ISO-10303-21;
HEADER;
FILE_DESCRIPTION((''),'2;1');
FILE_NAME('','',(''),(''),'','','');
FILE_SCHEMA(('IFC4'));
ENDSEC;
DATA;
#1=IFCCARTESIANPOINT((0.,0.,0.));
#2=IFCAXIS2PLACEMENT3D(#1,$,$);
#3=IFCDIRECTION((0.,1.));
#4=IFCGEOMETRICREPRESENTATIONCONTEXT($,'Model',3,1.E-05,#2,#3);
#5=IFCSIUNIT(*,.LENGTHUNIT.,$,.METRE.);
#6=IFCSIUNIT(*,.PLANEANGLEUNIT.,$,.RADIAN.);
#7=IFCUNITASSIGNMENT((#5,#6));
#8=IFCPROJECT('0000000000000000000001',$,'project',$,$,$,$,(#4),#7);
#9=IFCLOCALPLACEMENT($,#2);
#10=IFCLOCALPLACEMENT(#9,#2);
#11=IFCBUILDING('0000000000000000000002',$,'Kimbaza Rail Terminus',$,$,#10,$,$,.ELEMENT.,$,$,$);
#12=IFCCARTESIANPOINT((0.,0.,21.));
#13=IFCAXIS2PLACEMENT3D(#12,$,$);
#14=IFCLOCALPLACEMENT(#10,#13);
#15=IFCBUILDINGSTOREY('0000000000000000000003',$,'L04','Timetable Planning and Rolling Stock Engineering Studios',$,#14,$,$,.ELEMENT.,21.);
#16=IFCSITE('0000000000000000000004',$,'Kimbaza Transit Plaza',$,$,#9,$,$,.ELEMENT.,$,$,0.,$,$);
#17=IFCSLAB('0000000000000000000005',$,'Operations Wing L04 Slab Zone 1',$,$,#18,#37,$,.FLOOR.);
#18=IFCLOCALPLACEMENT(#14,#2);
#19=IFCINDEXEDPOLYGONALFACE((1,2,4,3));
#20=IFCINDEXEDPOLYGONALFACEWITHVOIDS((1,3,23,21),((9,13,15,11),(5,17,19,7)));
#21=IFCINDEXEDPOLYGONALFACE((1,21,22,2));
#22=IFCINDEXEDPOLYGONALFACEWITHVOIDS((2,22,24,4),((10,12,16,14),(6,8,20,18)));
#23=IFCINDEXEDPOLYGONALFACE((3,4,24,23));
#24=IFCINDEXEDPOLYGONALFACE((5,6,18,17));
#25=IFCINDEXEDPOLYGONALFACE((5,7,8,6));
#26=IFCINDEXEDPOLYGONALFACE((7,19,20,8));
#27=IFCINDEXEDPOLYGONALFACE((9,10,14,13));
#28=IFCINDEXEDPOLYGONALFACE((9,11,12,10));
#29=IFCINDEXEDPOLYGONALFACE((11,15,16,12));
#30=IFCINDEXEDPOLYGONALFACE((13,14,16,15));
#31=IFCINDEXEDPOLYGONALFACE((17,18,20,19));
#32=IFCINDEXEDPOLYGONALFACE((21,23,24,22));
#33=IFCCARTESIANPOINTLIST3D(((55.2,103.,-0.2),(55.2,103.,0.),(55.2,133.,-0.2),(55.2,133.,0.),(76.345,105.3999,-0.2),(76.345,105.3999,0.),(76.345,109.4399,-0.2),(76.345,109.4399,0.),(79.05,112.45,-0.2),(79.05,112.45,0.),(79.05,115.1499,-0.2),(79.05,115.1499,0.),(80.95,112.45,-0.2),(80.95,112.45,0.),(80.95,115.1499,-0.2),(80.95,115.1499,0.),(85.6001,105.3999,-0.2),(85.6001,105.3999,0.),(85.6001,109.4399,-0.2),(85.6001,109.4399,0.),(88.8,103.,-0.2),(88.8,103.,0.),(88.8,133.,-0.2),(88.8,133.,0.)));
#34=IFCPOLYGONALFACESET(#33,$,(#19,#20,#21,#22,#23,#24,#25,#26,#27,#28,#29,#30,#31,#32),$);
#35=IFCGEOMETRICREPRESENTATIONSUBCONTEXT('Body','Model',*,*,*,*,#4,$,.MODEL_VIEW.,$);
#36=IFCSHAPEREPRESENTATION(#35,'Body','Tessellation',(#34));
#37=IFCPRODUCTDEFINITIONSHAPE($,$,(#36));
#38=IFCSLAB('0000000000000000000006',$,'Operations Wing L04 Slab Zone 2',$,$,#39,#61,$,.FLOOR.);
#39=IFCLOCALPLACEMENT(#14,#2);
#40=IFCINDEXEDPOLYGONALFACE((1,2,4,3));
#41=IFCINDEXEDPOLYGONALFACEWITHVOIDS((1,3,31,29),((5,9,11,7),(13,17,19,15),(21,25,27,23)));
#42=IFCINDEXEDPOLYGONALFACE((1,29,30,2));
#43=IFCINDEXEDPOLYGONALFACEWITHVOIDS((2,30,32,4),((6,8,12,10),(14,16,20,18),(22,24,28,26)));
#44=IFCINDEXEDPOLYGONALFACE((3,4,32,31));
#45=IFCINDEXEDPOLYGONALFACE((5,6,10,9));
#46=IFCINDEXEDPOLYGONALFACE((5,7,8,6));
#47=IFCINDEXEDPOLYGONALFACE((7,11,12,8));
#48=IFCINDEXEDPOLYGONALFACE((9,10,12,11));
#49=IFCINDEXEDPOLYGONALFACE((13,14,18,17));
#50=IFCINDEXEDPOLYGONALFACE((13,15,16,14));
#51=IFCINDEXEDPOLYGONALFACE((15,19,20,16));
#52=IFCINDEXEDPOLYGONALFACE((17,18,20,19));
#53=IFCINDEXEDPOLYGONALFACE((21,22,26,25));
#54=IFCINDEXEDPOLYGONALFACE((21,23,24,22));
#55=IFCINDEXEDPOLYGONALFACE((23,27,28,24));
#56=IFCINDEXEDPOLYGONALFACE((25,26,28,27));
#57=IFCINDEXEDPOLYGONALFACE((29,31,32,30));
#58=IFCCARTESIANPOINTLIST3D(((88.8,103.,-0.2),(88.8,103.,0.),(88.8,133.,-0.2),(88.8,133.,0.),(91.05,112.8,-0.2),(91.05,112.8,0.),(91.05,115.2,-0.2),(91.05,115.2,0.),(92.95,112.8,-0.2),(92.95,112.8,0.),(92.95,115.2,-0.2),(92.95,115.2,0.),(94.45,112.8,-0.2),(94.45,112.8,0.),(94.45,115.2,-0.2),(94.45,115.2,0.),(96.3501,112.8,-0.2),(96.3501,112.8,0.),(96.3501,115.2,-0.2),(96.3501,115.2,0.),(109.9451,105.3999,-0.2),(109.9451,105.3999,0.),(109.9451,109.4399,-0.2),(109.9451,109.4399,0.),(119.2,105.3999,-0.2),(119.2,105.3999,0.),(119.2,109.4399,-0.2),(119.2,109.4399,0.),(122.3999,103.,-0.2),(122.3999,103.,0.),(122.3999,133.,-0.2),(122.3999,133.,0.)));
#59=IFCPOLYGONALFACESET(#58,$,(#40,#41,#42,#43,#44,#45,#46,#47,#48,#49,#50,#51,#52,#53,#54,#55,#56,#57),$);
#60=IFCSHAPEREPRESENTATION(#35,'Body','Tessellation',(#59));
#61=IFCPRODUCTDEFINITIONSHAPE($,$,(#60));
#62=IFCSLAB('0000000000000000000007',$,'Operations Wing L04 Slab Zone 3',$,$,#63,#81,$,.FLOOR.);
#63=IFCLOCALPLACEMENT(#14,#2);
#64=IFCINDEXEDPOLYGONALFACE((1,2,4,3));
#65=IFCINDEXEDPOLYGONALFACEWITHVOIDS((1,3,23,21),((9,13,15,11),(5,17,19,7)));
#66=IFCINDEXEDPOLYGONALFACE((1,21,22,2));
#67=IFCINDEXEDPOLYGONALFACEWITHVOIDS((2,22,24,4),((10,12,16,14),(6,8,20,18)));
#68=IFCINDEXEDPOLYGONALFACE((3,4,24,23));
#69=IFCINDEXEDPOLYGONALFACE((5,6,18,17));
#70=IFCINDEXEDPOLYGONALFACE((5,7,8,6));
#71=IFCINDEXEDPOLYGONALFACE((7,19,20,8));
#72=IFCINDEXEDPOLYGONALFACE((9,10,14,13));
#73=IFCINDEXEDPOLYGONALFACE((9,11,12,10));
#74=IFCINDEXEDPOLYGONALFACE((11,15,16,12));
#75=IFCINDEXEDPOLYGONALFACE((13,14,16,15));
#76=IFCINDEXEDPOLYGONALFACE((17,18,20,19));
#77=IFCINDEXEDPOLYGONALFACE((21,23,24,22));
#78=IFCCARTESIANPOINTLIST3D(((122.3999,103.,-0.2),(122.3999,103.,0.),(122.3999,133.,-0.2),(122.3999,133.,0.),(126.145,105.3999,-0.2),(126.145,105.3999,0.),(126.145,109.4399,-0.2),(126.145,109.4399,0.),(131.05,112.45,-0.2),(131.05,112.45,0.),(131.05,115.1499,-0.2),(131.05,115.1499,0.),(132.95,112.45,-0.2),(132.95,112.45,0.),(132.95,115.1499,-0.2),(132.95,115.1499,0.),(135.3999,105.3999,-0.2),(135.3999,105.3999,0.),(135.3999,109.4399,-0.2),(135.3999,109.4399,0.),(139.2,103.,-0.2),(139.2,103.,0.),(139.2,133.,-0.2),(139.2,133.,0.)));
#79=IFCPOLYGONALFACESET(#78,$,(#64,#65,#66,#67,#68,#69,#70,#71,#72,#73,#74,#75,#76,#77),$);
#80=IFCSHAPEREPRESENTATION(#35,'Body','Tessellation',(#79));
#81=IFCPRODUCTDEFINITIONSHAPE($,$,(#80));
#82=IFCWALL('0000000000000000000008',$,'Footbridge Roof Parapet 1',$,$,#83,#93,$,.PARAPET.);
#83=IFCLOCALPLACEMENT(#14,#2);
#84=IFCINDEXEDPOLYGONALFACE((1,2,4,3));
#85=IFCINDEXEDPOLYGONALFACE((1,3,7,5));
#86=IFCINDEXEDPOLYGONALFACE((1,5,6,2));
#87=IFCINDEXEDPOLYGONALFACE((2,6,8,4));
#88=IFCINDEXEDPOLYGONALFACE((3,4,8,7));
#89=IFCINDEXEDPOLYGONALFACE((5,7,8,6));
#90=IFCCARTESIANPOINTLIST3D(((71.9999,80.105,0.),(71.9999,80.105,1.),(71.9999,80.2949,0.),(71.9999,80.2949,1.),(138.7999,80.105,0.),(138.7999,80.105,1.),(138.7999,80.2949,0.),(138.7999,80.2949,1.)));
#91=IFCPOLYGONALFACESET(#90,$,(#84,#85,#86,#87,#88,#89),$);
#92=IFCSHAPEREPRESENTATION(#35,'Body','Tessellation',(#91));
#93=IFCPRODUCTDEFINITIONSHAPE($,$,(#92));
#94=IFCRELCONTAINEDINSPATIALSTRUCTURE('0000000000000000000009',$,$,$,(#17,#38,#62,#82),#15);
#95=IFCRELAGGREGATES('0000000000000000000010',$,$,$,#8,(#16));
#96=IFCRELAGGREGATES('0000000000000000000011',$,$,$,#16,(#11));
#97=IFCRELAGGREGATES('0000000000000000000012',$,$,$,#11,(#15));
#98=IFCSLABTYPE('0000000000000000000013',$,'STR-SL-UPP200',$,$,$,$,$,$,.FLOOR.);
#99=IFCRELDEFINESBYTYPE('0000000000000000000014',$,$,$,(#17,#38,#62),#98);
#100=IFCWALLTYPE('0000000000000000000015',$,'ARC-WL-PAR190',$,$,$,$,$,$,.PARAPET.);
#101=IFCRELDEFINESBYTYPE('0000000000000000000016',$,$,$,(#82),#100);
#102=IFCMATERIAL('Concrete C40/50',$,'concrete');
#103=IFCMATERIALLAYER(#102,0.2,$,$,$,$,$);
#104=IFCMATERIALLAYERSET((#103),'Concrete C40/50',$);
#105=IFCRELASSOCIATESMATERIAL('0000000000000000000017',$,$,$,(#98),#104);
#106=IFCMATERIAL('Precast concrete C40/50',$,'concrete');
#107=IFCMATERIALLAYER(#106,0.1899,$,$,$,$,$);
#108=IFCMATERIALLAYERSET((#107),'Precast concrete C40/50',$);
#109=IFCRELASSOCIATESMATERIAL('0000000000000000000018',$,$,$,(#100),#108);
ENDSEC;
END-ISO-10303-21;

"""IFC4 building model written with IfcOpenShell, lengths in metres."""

from ifc_helpers import new_model, si_unit, direction, frame, frame_2d, origin, place, context, subcontext, project, spatial, polyline, rectangle, outline, extrude, material, layer, layer_set, type_object, element, save


model = new_model("IFC4")

# Units and contexts
model_context = context("Model", 3, precision=1e-05, world=origin(), true_north=direction((0.0, 1.0)))
body_context = subcontext(model_context, "Body", "Model", "MODEL_VIEW")
ifc_project = project(units=[si_unit("LENGTHUNIT", "METRE"), si_unit("PLANEANGLEUNIT", "RADIAN")], contexts=[model_context])

# Site, building, storey
site_placement = place(None, origin())
site = spatial("IfcSite", under=ifc_project, at=site_placement, Name="Kimbaza Transit Plaza", CompositionType="ELEMENT", RefElevation=0.0)
building_placement = place(site_placement, origin())
building = spatial("IfcBuilding", under=site, at=building_placement, Name="Kimbaza Rail Terminus", CompositionType="ELEMENT")
storey_placement = place(building_placement, frame((0.0, 0.0, 21.0)))
storey = spatial("IfcBuildingStorey", under=building, at=storey_placement, Name="L04", Description="Timetable Planning and Rolling Stock Engineering Studios", CompositionType="ELEMENT", Elevation=21.0)

# Slabs
ifc_material_1 = material(Name="Concrete C40/50", Category="concrete")
ifc_layer_1 = layer(ifc_material_1, 0.2)
ifc_layer_set_1 = layer_set([ifc_layer_1], Name="Concrete C40/50")
slab_type_1 = type_object("IfcSlabType", Name="STR-SL-UPP200", PredefinedType="FLOOR", material=ifc_layer_set_1)
slab_1_placement = place(storey_placement, frame((0.0, 0.0, -0.2)))
element("IfcSlab", 1, at=slab_1_placement, inside=storey, type_object=slab_type_1, Name="Operations Wing L04 Slab Zone 1", PredefinedType="FLOOR", context=body_context, shape_type="SweptSolid", body=[
    extrude(outline(polyline([(55.2, 103.0), (88.8, 103.0), (88.8, 133.0), (55.2, 133.0), (55.2, 103.0)]), holes=[polyline([(76.345, 105.3999), (85.6001, 105.3999), (85.6001, 109.4399), (76.345, 109.4399), (76.345, 105.3999)]), polyline([(79.05, 112.45), (80.95, 112.45), (80.95, 115.1499), (79.05, 115.1499), (79.05, 112.45)])]), origin(), (0.0, 0.0, 1.0), 0.2),
])
slab_2_placement = place(storey_placement, frame((0.0, 0.0, -0.2)))
element("IfcSlab", 2, at=slab_2_placement, inside=storey, type_object=slab_type_1, Name="Operations Wing L04 Slab Zone 2", PredefinedType="FLOOR", context=body_context, shape_type="SweptSolid", body=[
    extrude(outline(polyline([(88.8, 103.0), (122.3999, 103.0), (122.3999, 133.0), (88.8, 133.0), (88.8, 103.0)]), holes=[polyline([(109.9451, 105.3999), (119.2, 105.3999), (119.2, 109.4399), (109.9451, 109.4399), (109.9451, 105.3999)]), polyline([(91.05, 112.8), (92.95, 112.8), (92.95, 115.2), (91.05, 115.2), (91.05, 112.8)]), polyline([(94.45, 112.8), (96.3501, 112.8), (96.3501, 115.2), (94.45, 115.2), (94.45, 112.8)])]), origin(), (0.0, 0.0, 1.0), 0.2),
])
slab_3_placement = place(storey_placement, frame((0.0, 0.0, -0.2)))
element("IfcSlab", 3, at=slab_3_placement, inside=storey, type_object=slab_type_1, Name="Operations Wing L04 Slab Zone 3", PredefinedType="FLOOR", context=body_context, shape_type="SweptSolid", body=[
    extrude(outline(polyline([(122.3999, 103.0), (139.2, 103.0), (139.2, 133.0), (122.3999, 133.0), (122.3999, 103.0)]), holes=[polyline([(126.145, 105.3999), (135.3999, 105.3999), (135.3999, 109.4399), (126.145, 109.4399), (126.145, 105.3999)]), polyline([(131.05, 112.45), (132.95, 112.45), (132.95, 115.1499), (131.05, 115.1499), (131.05, 112.45)])]), origin(), (0.0, 0.0, 1.0), 0.2),
])

# Wall
ifc_material_2 = material(Name="Precast concrete C40/50", Category="concrete")
ifc_layer_2 = layer(ifc_material_2, 0.1899)
ifc_layer_set_2 = layer_set([ifc_layer_2], Name="Precast concrete C40/50")
wall_type = type_object("IfcWallType", Name="ARC-WL-PAR190", PredefinedType="PARAPET", material=ifc_layer_set_2)
wall_placement = place(storey_placement, frame((72.0, 80.2, 0.0), z_axis=(0.0, 0.0, 1.0), x_axis=(1.0, 0.0, 0.0)))
element("IfcWall", 4, at=wall_placement, inside=storey, type_object=wall_type, Name="Footbridge Roof Parapet 1", PredefinedType="PARAPET", context=body_context, shape_type="SweptSolid", body=[
    extrude(rectangle(XDim=66.8, YDim=0.1899, at=frame_2d((33.3999, 0.0))), origin(), (0.0, 0.0, 1.0), 1.0),
])

save(model, "model.ifc")
